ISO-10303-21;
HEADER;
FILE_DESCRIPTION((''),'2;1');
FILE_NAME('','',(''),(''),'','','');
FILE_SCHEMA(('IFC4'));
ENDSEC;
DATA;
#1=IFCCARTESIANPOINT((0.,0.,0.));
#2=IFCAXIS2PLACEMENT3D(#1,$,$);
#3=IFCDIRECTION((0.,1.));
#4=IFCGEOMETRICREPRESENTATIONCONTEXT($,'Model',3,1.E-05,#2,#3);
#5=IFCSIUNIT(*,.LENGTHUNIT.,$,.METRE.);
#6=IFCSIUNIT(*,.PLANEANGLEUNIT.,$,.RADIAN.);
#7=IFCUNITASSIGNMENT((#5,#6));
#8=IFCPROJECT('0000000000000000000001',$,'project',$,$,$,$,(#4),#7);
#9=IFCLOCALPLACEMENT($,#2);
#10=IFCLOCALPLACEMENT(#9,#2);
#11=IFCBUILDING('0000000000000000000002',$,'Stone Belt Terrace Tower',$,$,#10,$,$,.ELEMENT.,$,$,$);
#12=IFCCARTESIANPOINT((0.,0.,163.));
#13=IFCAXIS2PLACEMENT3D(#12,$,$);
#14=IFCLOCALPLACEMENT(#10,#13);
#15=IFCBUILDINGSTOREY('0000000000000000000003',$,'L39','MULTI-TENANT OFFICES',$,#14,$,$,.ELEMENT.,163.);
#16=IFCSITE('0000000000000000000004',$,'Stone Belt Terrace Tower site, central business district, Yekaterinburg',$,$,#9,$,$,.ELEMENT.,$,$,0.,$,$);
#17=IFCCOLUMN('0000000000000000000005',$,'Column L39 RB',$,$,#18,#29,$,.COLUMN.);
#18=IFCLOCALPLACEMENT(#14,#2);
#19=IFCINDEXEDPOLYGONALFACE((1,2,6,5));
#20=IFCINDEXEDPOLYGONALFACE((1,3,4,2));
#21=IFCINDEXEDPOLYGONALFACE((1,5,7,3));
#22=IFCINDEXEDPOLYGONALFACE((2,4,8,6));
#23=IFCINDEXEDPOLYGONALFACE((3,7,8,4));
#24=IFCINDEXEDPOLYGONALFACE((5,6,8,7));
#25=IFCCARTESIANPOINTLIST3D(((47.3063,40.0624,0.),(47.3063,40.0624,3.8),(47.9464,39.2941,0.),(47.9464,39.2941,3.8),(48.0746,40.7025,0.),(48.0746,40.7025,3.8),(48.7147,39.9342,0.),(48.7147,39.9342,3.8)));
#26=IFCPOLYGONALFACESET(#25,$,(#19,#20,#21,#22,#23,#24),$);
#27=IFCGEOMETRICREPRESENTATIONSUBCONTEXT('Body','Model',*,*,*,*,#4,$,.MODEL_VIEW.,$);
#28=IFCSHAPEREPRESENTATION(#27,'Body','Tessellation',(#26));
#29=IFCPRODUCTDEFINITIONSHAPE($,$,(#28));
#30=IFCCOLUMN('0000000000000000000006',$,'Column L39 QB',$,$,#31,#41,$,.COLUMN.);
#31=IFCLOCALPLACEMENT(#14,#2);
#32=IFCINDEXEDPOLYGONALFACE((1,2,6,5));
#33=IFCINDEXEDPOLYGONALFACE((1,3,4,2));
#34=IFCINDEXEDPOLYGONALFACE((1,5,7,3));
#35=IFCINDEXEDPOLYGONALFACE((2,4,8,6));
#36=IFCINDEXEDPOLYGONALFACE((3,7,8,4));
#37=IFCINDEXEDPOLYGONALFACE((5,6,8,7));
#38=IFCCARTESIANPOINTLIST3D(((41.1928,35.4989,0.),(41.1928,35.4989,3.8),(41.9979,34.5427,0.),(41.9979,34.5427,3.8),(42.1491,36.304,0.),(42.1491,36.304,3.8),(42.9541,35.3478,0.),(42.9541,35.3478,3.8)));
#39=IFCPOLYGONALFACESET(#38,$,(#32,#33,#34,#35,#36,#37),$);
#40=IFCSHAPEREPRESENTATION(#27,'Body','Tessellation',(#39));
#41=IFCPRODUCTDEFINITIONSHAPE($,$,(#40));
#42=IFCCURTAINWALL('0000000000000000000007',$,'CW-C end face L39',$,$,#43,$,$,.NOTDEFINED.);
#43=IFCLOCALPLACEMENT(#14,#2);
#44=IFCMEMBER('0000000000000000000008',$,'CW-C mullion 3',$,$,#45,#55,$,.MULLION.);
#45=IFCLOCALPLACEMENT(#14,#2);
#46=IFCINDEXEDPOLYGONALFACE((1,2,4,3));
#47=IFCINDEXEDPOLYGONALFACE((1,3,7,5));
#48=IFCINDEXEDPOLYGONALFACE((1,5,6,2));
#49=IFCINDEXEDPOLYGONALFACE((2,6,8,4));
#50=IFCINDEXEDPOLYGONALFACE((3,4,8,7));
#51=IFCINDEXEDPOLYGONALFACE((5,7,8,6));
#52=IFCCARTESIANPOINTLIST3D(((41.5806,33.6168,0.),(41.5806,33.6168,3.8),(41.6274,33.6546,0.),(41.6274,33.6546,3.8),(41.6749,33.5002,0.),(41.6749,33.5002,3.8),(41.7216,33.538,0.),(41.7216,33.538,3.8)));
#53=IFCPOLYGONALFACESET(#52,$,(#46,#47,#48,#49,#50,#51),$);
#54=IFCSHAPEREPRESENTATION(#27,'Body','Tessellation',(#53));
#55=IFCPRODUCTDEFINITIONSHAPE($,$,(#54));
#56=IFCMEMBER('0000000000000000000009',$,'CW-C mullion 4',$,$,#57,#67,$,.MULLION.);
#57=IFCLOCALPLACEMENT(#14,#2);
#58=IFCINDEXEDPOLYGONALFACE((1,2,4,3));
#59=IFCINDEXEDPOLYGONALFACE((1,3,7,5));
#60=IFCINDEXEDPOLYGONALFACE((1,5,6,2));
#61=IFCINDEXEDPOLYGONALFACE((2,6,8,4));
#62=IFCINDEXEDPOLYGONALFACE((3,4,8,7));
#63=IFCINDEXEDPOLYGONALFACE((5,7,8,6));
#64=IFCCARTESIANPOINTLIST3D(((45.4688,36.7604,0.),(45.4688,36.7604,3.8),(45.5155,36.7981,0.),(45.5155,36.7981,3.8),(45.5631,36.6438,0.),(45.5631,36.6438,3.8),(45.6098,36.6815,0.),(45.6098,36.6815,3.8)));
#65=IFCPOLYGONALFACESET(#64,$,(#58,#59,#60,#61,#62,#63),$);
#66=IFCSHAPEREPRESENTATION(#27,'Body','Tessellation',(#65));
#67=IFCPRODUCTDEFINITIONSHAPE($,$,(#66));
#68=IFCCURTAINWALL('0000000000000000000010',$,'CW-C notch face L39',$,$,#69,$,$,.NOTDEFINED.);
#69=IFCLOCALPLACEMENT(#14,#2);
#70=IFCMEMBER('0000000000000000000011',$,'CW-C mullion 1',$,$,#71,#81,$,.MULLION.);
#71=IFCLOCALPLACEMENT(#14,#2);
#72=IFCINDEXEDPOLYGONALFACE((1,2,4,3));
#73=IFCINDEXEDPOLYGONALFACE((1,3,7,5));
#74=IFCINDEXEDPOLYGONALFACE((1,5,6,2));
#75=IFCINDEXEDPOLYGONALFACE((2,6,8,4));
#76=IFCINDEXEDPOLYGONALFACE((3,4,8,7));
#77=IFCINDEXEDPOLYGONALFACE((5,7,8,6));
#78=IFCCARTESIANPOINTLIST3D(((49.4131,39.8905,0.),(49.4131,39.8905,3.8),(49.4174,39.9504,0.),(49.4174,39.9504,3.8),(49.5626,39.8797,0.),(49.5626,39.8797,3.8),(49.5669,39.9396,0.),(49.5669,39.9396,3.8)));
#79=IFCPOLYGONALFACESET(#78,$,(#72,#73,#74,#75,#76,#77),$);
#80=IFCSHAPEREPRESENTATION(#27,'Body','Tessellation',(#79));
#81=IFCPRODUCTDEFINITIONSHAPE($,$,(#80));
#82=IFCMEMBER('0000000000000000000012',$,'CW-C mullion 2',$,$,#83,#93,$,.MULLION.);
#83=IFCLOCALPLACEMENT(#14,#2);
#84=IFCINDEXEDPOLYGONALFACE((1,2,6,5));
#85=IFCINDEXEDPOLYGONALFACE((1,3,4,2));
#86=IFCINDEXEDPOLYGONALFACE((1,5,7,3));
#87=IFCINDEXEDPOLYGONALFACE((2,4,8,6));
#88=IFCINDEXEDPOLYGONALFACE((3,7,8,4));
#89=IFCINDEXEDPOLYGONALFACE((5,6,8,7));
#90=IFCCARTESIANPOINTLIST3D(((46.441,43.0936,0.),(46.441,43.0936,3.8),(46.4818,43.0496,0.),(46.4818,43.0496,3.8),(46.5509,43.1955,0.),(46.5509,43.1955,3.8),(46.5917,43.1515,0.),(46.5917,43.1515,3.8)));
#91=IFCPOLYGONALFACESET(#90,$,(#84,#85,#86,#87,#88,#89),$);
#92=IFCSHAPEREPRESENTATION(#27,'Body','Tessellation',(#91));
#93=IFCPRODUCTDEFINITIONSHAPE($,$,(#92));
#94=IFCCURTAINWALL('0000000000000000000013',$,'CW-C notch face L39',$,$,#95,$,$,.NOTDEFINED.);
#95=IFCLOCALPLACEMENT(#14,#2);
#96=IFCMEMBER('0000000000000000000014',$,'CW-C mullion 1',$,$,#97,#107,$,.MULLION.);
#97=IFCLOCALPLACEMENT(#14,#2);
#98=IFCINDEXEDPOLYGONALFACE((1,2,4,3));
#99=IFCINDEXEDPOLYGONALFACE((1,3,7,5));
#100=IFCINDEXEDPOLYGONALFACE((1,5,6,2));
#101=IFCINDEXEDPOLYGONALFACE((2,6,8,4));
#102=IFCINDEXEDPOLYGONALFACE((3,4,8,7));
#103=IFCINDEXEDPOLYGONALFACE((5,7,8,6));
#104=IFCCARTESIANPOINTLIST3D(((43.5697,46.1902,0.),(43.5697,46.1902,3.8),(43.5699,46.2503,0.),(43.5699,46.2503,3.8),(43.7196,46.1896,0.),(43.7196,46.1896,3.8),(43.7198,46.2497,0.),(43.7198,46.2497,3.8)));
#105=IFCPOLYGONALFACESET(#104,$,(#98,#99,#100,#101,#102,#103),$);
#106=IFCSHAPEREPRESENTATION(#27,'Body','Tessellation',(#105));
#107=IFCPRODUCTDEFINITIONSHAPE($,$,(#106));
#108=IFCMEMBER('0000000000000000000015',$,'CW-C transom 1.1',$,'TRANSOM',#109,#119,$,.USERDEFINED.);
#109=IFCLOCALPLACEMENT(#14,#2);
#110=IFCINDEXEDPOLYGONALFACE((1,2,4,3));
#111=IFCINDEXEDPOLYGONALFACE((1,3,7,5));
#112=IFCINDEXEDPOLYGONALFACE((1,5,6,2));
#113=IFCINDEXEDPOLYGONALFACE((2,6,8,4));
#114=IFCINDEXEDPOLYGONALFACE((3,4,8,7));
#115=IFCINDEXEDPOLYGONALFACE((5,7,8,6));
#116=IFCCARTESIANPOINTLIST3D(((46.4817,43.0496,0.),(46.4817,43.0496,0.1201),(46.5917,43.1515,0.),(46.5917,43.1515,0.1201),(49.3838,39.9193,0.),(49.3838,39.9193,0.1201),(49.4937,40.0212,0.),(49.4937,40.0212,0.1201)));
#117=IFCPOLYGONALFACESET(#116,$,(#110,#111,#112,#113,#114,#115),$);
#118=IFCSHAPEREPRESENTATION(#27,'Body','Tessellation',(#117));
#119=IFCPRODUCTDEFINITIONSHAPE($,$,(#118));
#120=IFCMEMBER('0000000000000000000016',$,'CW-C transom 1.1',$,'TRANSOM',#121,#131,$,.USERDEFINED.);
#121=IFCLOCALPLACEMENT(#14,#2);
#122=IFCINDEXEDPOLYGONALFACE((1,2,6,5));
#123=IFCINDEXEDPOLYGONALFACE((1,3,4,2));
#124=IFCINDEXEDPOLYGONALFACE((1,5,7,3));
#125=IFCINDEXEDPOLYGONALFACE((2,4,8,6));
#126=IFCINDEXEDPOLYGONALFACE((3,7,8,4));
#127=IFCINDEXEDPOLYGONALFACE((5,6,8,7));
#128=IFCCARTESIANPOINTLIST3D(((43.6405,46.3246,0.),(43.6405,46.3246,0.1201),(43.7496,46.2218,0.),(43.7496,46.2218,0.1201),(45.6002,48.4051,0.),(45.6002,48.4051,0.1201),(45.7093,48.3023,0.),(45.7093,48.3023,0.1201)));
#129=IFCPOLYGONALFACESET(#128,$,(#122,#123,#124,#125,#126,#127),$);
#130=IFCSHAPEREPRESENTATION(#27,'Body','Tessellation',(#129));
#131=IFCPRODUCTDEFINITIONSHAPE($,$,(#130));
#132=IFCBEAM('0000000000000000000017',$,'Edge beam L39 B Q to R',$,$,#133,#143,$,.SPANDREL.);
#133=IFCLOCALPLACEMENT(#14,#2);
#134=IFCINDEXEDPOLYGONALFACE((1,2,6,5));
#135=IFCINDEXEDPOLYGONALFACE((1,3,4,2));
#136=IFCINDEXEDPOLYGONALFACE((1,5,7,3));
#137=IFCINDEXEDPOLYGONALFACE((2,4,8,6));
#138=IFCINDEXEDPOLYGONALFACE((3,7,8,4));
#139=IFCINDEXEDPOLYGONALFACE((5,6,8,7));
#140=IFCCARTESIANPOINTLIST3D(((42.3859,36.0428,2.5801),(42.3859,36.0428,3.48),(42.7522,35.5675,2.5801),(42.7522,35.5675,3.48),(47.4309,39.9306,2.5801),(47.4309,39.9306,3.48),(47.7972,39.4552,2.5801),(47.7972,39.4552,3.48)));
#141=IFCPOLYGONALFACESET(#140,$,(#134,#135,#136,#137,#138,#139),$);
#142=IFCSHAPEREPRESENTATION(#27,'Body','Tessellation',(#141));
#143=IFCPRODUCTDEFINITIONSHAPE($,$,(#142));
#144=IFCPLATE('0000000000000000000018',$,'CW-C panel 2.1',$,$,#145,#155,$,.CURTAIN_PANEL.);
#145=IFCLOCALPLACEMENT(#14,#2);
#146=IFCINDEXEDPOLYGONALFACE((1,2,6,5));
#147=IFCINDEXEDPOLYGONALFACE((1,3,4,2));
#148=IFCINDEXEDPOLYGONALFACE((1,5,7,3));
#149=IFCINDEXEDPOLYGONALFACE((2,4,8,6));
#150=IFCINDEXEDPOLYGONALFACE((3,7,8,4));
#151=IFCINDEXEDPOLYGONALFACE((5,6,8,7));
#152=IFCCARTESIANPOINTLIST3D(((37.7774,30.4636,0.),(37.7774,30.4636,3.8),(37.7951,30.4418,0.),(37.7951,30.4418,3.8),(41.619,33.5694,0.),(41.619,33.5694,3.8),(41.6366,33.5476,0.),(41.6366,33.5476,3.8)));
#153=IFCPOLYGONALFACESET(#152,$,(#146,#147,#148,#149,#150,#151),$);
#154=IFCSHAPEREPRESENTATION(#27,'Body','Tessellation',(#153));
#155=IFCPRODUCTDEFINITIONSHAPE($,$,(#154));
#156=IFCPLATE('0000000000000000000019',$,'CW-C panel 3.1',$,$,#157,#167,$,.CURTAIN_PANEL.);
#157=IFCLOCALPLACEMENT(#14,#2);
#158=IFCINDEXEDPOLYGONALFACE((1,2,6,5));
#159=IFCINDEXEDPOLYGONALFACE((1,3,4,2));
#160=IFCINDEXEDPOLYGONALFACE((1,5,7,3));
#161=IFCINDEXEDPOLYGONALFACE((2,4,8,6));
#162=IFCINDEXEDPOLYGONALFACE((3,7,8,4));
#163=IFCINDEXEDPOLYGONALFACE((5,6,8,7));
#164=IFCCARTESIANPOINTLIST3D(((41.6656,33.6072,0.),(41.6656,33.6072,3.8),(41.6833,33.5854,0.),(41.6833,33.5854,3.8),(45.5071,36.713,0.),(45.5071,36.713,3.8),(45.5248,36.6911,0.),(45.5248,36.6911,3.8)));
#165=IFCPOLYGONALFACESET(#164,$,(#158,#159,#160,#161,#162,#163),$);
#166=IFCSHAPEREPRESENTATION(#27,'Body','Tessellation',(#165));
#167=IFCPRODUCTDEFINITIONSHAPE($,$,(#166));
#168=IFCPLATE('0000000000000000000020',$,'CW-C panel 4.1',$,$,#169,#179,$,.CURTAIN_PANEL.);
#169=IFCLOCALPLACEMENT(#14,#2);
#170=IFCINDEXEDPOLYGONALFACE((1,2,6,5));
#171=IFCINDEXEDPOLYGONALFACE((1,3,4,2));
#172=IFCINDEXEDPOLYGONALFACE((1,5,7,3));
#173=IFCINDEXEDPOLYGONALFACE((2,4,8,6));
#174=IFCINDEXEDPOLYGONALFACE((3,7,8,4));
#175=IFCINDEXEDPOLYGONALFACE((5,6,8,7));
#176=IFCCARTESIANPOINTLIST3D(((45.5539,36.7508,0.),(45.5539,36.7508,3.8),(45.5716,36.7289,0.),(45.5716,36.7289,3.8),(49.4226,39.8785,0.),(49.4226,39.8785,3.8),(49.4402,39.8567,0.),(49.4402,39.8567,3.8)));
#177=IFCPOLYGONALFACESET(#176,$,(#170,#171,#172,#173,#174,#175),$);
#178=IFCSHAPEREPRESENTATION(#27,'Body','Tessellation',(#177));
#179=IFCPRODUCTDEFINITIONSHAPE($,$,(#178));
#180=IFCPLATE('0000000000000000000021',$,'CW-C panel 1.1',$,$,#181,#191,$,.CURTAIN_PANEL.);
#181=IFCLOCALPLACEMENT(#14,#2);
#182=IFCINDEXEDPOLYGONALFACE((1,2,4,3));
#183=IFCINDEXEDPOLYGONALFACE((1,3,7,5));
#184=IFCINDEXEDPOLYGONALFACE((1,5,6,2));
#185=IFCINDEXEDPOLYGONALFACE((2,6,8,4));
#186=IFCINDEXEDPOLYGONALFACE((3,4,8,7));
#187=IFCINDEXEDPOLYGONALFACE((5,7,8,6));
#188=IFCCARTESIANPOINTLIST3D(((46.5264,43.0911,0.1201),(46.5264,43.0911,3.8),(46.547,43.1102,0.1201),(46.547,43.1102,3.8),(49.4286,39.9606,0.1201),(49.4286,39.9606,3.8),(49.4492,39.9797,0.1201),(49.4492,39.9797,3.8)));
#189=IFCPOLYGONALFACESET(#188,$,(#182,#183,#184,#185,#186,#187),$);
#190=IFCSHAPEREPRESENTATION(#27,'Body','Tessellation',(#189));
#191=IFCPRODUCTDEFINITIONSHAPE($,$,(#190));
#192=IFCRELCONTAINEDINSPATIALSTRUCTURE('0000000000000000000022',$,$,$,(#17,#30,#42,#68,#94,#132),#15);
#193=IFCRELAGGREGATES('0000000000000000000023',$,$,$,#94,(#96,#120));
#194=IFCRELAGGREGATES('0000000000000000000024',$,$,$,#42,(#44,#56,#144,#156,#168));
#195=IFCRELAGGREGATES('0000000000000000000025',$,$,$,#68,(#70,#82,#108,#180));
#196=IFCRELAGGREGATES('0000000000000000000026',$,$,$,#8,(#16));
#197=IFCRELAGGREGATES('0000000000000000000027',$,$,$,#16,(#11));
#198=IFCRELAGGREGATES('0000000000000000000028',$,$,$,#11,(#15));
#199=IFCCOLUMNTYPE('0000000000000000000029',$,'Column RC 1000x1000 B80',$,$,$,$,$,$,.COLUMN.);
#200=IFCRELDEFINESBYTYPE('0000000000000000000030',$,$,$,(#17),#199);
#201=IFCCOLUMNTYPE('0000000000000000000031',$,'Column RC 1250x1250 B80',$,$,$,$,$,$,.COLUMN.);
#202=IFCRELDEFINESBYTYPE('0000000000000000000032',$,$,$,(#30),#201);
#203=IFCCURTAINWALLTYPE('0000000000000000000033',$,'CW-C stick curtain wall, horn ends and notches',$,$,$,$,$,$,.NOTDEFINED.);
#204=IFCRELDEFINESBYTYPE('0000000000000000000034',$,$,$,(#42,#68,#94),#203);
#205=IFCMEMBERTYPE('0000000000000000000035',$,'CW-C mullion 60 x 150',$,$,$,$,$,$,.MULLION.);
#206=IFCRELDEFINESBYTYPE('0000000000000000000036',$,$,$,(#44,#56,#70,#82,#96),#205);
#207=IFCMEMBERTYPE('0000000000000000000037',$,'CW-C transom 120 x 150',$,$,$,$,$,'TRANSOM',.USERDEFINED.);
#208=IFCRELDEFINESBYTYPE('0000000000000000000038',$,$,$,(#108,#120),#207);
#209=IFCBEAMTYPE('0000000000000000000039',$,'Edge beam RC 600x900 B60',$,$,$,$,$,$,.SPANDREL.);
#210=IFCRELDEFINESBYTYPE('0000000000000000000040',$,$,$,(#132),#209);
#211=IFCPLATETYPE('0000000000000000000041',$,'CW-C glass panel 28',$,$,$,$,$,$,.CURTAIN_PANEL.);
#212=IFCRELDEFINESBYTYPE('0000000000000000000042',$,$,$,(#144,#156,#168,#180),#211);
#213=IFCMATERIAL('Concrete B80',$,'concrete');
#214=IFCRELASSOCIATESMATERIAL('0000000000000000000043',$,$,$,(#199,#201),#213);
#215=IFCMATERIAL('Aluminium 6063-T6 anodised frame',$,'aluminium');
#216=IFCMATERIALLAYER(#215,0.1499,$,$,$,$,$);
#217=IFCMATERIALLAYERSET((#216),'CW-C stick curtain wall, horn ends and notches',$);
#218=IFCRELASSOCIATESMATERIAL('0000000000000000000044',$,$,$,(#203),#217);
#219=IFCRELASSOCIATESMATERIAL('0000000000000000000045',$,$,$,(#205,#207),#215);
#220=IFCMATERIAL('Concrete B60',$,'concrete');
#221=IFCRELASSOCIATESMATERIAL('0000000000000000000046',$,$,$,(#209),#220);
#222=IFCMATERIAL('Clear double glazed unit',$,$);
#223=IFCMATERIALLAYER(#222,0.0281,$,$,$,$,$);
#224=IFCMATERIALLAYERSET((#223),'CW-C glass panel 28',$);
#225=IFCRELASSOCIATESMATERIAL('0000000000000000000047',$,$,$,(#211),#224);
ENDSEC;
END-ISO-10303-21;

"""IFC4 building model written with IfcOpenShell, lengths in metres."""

from ifc_helpers import new_model, si_unit, direction, frame, origin, origin_2d, place, context, subcontext, project, spatial, rectangle, extrude, material, layer, layer_set, material_profile, profile_set, type_object, element, aggregate, save


model = new_model("IFC4")

# Units and contexts
model_context = context("Model", 3, precision=1e-05, world=origin(), true_north=direction((0.0, 1.0)))
body_context = subcontext(model_context, "Body", "Model", "MODEL_VIEW")
ifc_project = project(units=[si_unit("LENGTHUNIT", "METRE"), si_unit("PLANEANGLEUNIT", "RADIAN")], contexts=[model_context])

# Site, building, storey
site_placement = place(None, origin())
site = spatial("IfcSite", under=ifc_project, at=site_placement, Name="Stone Belt Terrace Tower site, central business district, Yekaterinburg", CompositionType="ELEMENT", RefElevation=0.0)
building_placement = place(site_placement, origin())
building = spatial("IfcBuilding", under=site, at=building_placement, Name="Stone Belt Terrace Tower", CompositionType="ELEMENT")
storey_placement = place(building_placement, frame((0.0, 0.0, 163.0)))
storey = spatial("IfcBuildingStorey", under=building, at=storey_placement, Name="L39", Description="MULTI-TENANT OFFICES", CompositionType="ELEMENT", Elevation=163.0)

# Columns
ifc_material_1 = material(Name="Concrete B80", Category="concrete")
ifc_material_profile_1 = material_profile(ifc_material_1, rectangle(XDim=1.0, YDim=1.0, at=origin_2d()), Name="RC 1000x1000")
ifc_profile_set_1 = profile_set([ifc_material_profile_1], Name="Concrete B80")
column_type_1 = type_object("IfcColumnType", Name="Column RC 1000x1000 B80", PredefinedType="COLUMN", material=ifc_profile_set_1)
column_1_placement = place(storey_placement, frame((48.0105, 39.9983, 0.0), z_axis=(0.0, 0.0, 1.0), x_axis=(0.640086, -0.768304, 0.0)))
element("IfcColumn", 1, at=column_1_placement, inside=storey, type_object=column_type_1, Name="Column L39 RB", PredefinedType="COLUMN", context=body_context, shape_type="SweptSolid", body=[
    extrude(rectangle(XDim=1.0, YDim=1.0, at=origin_2d()), origin(), (0.0, 0.0, 1.0), 3.8),
])
ifc_material_profile_2 = material_profile(ifc_material_1, rectangle(XDim=1.25, YDim=1.25, at=origin_2d()), Name="RC 1250x1250")
ifc_profile_set_2 = profile_set([ifc_material_profile_2], Name="Concrete B80")
column_type_2 = type_object("IfcColumnType", Name="Column RC 1250x1250 B80", PredefinedType="COLUMN", material=ifc_profile_set_2)
column_2_placement = place(storey_placement, frame((42.0735, 35.4233, 0.0), z_axis=(0.0, 0.0, 1.0), x_axis=(0.644062, -0.764973, 0.0)))
element("IfcColumn", 2, at=column_2_placement, inside=storey, type_object=column_type_2, Name="Column L39 QB", PredefinedType="COLUMN", context=body_context, shape_type="SweptSolid", body=[
    extrude(rectangle(XDim=1.25, YDim=1.25, at=origin_2d()), origin(), (0.0, 0.0, 1.0), 3.8),
])

# Curtain walls, members
ifc_material_2 = material(Name="Aluminium 6063-T6 anodised frame", Category="aluminium")
ifc_layer_1 = layer(ifc_material_2, 0.1499)
ifc_layer_set_1 = layer_set([ifc_layer_1], Name="CW-C stick curtain wall, horn ends and notches")
curtain_wall_type = type_object("IfcCurtainWallType", Name="CW-C stick curtain wall, horn ends and notches", PredefinedType="NOTDEFINED", material=ifc_layer_set_1)
curtain_wall_1_placement = place(storey_placement, origin())
curtain_wall_1 = element("IfcCurtainWall", 3, at=curtain_wall_1_placement, inside=storey, type_object=curtain_wall_type, Name="CW-C end face L39", PredefinedType="NOTDEFINED")
ifc_material_profile_3 = material_profile(ifc_material_2, rectangle(XDim=0.1499, YDim=0.0601, at=origin_2d()), Name="Aluminium 6063-T6 60x150")
ifc_profile_set_3 = profile_set([ifc_material_profile_3], Name="Aluminium 6063-T6 anodised frame")
member_type_1 = type_object("IfcMemberType", Name="CW-C mullion 60 x 150", PredefinedType="MULLION", material=ifc_profile_set_3)
member_1_placement = place(storey_placement, frame((41.6511, 33.5774, 0.0), z_axis=(0.0, 0.0, 1.0), x_axis=(-0.628705, 0.777644, 0.0)))
member_1 = element("IfcMember", 4, at=member_1_placement, type_object=member_type_1, Name="CW-C mullion 3", PredefinedType="MULLION", context=body_context, shape_type="SweptSolid", body=[
    extrude(rectangle(XDim=0.1499, YDim=0.0601, at=origin_2d()), origin(), (0.0, 0.0, 1.0), 3.8),
])
member_2_placement = place(storey_placement, frame((45.5393, 36.7209, 0.0), z_axis=(0.0, 0.0, 1.0), x_axis=(-0.628705, 0.777644, 0.0)))
member_2 = element("IfcMember", 5, at=member_2_placement, type_object=member_type_1, Name="CW-C mullion 4", PredefinedType="MULLION", context=body_context, shape_type="SweptSolid", body=[
    extrude(rectangle(XDim=0.1499, YDim=0.0601, at=origin_2d()), origin(), (0.0, 0.0, 1.0), 3.8),
])
curtain_wall_2_placement = place(storey_placement, origin())
curtain_wall_2 = element("IfcCurtainWall", 6, at=curtain_wall_2_placement, inside=storey, type_object=curtain_wall_type, Name="CW-C notch face L39", PredefinedType="NOTDEFINED")
member_3_placement = place(storey_placement, frame((49.49, 39.915, 0.0), z_axis=(0.0, 0.0, 1.0), x_axis=(-0.997432, 0.071615, 0.0)))
member_3 = element("IfcMember", 7, at=member_3_placement, type_object=member_type_1, Name="CW-C mullion 1", PredefinedType="MULLION", context=body_context, shape_type="SweptSolid", body=[
    extrude(rectangle(XDim=0.1499, YDim=0.0601, at=origin_2d()), origin(), (0.0, 0.0, 1.0), 3.8),
])
member_4_placement = place(storey_placement, frame((46.5164, 43.1226, 0.0), z_axis=(0.0, 0.0, 1.0), x_axis=(-0.733352, -0.679849, 0.0)))
member_4 = element("IfcMember", 8, at=member_4_placement, type_object=member_type_1, Name="CW-C mullion 2", PredefinedType="MULLION", context=body_context, shape_type="SweptSolid", body=[
    extrude(rectangle(XDim=0.1499, YDim=0.0601, at=origin_2d()), origin(), (0.0, 0.0, 1.0), 3.8),
])

# Curtain wall, member
curtain_wall_3_placement = place(storey_placement, origin())
curtain_wall_3 = element("IfcCurtainWall", 9, at=curtain_wall_3_placement, inside=storey, type_object=curtain_wall_type, Name="CW-C notch face L39", PredefinedType="NOTDEFINED")
member_5_placement = place(storey_placement, frame((43.6448, 46.22, 0.0), z_axis=(0.0, 0.0, 1.0), x_axis=(-0.999992, 0.004007, 0.0)))
member_5 = element("IfcMember", 10, at=member_5_placement, type_object=member_type_1, Name="CW-C mullion 1", PredefinedType="MULLION", context=body_context, shape_type="SweptSolid", body=[
    extrude(rectangle(XDim=0.1499, YDim=0.0601, at=origin_2d()), origin(), (0.0, 0.0, 1.0), 3.8),
])

# Members
ifc_material_profile_4 = material_profile(ifc_material_2, rectangle(XDim=0.1499, YDim=0.1201, at=origin_2d()), Name="Aluminium 6063-T6 150x120")
ifc_profile_set_4 = profile_set([ifc_material_profile_4], Name="Aluminium 6063-T6 anodised frame")
member_type_2 = type_object("IfcMemberType", Name="CW-C transom 120 x 150", ElementType="TRANSOM", PredefinedType="USERDEFINED", material=ifc_profile_set_4)
member_6_placement = place(storey_placement, frame((49.4387, 39.9702, 0.0601), z_axis=(-0.679863, 0.733339, 0.0), x_axis=(-0.733339, -0.679863, 0.0)))
member_6 = element("IfcMember", 11, at=member_6_placement, type_object=member_type_2, Name="CW-C transom 1.1", ObjectType="TRANSOM", PredefinedType="USERDEFINED", context=body_context, shape_type="SweptSolid", body=[
    extrude(rectangle(XDim=0.1499, YDim=0.1201, at=origin_2d()), origin(), (0.0, 0.0, 1.0), 4.2686),
])
member_7_placement = place(storey_placement, frame((43.6951, 46.2732, 0.0601), z_axis=(0.68565, 0.727932, 0.0), x_axis=(-0.727932, 0.68565, 0.0)))
member_7 = element("IfcMember", 12, at=member_7_placement, type_object=member_type_2, Name="CW-C transom 1.1", ObjectType="TRANSOM", PredefinedType="USERDEFINED", context=body_context, shape_type="SweptSolid", body=[
    extrude(rectangle(XDim=0.1499, YDim=0.1201, at=origin_2d()), origin(), (0.0, 0.0, 1.0), 2.8582),
])
aggregate(curtain_wall_3, [member_5, member_7])

# Beam
ifc_material_3 = material(Name="Concrete B60", Category="concrete")
ifc_material_profile_5 = material_profile(ifc_material_3, rectangle(XDim=0.6001, YDim=0.8999, at=origin_2d()), Name="RC 600x900")
ifc_profile_set_5 = profile_set([ifc_material_profile_5], Name="Concrete B60")
beam_type = type_object("IfcBeamType", Name="Edge beam RC 600x900 B60", PredefinedType="SPANDREL", material=ifc_profile_set_5)
beam_placement = place(storey_placement, frame((42.5691, 35.8052, 3.03), z_axis=(0.792094, 0.6104, 0.0), x_axis=(-0.6104, 0.792094, 0.0)))
element("IfcBeam", 13, at=beam_placement, inside=storey, type_object=beam_type, Name="Edge beam L39 B Q to R", PredefinedType="SPANDREL", context=body_context, shape_type="SweptSolid", body=[
    extrude(rectangle(XDim=0.6001, YDim=0.8999, at=origin_2d()), origin(), (0.0, 0.0, 1.0), 6.3691),
])

# Plates
ifc_material_4 = material(Name="Clear double glazed unit")
ifc_layer_2 = layer(ifc_material_4, 0.0281)
ifc_layer_set_2 = layer_set([ifc_layer_2], Name="CW-C glass panel 28")
plate_type = type_object("IfcPlateType", Name="CW-C glass panel 28", PredefinedType="CURTAIN_PANEL", material=ifc_layer_set_2)
plate_1_placement = place(storey_placement, frame((39.707, 32.0056, 0.0), z_axis=(0.0, 0.0, 1.0), x_axis=(0.777644, 0.628705, 0.0)))
plate_1 = element("IfcPlate", 14, at=plate_1_placement, type_object=plate_type, Name="CW-C panel 2.1", PredefinedType="CURTAIN_PANEL", context=body_context, shape_type="SweptSolid", body=[
    extrude(rectangle(XDim=4.9399, YDim=0.0281, at=origin_2d()), origin(), (0.0, 0.0, 1.0), 3.8),
])
plate_2_placement = place(storey_placement, frame((43.5952, 35.1492, 0.0), z_axis=(0.0, 0.0, 1.0), x_axis=(0.777644, 0.628705, 0.0)))
plate_2 = element("IfcPlate", 15, at=plate_2_placement, type_object=plate_type, Name="CW-C panel 3.1", PredefinedType="CURTAIN_PANEL", context=body_context, shape_type="SweptSolid", body=[
    extrude(rectangle(XDim=4.9399, YDim=0.0281, at=origin_2d()), origin(), (0.0, 0.0, 1.0), 3.8),
])
plate_3_placement = place(storey_placement, frame((47.4971, 38.3037, 0.0), z_axis=(0.0, 0.0, 1.0), x_axis=(0.777644, 0.628705, 0.0)))
plate_3 = element("IfcPlate", 16, at=plate_3_placement, type_object=plate_type, Name="CW-C panel 4.1", PredefinedType="CURTAIN_PANEL", context=body_context, shape_type="SweptSolid", body=[
    extrude(rectangle(XDim=4.9749, YDim=0.0281, at=origin_2d()), origin(), (0.0, 0.0, 1.0), 3.8),
])
aggregate(curtain_wall_1, [member_1, member_2, plate_1, plate_2, plate_3])
plate_4_placement = place(storey_placement, frame((47.9878, 41.5354, 0.1201), z_axis=(0.0, 0.0, 1.0), x_axis=(-0.679849, 0.733352, 0.0)))
plate_4 = element("IfcPlate", 17, at=plate_4_placement, type_object=plate_type, Name="CW-C panel 1.1", PredefinedType="CURTAIN_PANEL", context=body_context, shape_type="SweptSolid", body=[
    extrude(rectangle(XDim=4.2688, YDim=0.0281, at=origin_2d()), origin(), (0.0, 0.0, 1.0), 3.6799),
])
aggregate(curtain_wall_2, [member_3, member_4, member_6, plate_4])

save(model, "model.ifc")
